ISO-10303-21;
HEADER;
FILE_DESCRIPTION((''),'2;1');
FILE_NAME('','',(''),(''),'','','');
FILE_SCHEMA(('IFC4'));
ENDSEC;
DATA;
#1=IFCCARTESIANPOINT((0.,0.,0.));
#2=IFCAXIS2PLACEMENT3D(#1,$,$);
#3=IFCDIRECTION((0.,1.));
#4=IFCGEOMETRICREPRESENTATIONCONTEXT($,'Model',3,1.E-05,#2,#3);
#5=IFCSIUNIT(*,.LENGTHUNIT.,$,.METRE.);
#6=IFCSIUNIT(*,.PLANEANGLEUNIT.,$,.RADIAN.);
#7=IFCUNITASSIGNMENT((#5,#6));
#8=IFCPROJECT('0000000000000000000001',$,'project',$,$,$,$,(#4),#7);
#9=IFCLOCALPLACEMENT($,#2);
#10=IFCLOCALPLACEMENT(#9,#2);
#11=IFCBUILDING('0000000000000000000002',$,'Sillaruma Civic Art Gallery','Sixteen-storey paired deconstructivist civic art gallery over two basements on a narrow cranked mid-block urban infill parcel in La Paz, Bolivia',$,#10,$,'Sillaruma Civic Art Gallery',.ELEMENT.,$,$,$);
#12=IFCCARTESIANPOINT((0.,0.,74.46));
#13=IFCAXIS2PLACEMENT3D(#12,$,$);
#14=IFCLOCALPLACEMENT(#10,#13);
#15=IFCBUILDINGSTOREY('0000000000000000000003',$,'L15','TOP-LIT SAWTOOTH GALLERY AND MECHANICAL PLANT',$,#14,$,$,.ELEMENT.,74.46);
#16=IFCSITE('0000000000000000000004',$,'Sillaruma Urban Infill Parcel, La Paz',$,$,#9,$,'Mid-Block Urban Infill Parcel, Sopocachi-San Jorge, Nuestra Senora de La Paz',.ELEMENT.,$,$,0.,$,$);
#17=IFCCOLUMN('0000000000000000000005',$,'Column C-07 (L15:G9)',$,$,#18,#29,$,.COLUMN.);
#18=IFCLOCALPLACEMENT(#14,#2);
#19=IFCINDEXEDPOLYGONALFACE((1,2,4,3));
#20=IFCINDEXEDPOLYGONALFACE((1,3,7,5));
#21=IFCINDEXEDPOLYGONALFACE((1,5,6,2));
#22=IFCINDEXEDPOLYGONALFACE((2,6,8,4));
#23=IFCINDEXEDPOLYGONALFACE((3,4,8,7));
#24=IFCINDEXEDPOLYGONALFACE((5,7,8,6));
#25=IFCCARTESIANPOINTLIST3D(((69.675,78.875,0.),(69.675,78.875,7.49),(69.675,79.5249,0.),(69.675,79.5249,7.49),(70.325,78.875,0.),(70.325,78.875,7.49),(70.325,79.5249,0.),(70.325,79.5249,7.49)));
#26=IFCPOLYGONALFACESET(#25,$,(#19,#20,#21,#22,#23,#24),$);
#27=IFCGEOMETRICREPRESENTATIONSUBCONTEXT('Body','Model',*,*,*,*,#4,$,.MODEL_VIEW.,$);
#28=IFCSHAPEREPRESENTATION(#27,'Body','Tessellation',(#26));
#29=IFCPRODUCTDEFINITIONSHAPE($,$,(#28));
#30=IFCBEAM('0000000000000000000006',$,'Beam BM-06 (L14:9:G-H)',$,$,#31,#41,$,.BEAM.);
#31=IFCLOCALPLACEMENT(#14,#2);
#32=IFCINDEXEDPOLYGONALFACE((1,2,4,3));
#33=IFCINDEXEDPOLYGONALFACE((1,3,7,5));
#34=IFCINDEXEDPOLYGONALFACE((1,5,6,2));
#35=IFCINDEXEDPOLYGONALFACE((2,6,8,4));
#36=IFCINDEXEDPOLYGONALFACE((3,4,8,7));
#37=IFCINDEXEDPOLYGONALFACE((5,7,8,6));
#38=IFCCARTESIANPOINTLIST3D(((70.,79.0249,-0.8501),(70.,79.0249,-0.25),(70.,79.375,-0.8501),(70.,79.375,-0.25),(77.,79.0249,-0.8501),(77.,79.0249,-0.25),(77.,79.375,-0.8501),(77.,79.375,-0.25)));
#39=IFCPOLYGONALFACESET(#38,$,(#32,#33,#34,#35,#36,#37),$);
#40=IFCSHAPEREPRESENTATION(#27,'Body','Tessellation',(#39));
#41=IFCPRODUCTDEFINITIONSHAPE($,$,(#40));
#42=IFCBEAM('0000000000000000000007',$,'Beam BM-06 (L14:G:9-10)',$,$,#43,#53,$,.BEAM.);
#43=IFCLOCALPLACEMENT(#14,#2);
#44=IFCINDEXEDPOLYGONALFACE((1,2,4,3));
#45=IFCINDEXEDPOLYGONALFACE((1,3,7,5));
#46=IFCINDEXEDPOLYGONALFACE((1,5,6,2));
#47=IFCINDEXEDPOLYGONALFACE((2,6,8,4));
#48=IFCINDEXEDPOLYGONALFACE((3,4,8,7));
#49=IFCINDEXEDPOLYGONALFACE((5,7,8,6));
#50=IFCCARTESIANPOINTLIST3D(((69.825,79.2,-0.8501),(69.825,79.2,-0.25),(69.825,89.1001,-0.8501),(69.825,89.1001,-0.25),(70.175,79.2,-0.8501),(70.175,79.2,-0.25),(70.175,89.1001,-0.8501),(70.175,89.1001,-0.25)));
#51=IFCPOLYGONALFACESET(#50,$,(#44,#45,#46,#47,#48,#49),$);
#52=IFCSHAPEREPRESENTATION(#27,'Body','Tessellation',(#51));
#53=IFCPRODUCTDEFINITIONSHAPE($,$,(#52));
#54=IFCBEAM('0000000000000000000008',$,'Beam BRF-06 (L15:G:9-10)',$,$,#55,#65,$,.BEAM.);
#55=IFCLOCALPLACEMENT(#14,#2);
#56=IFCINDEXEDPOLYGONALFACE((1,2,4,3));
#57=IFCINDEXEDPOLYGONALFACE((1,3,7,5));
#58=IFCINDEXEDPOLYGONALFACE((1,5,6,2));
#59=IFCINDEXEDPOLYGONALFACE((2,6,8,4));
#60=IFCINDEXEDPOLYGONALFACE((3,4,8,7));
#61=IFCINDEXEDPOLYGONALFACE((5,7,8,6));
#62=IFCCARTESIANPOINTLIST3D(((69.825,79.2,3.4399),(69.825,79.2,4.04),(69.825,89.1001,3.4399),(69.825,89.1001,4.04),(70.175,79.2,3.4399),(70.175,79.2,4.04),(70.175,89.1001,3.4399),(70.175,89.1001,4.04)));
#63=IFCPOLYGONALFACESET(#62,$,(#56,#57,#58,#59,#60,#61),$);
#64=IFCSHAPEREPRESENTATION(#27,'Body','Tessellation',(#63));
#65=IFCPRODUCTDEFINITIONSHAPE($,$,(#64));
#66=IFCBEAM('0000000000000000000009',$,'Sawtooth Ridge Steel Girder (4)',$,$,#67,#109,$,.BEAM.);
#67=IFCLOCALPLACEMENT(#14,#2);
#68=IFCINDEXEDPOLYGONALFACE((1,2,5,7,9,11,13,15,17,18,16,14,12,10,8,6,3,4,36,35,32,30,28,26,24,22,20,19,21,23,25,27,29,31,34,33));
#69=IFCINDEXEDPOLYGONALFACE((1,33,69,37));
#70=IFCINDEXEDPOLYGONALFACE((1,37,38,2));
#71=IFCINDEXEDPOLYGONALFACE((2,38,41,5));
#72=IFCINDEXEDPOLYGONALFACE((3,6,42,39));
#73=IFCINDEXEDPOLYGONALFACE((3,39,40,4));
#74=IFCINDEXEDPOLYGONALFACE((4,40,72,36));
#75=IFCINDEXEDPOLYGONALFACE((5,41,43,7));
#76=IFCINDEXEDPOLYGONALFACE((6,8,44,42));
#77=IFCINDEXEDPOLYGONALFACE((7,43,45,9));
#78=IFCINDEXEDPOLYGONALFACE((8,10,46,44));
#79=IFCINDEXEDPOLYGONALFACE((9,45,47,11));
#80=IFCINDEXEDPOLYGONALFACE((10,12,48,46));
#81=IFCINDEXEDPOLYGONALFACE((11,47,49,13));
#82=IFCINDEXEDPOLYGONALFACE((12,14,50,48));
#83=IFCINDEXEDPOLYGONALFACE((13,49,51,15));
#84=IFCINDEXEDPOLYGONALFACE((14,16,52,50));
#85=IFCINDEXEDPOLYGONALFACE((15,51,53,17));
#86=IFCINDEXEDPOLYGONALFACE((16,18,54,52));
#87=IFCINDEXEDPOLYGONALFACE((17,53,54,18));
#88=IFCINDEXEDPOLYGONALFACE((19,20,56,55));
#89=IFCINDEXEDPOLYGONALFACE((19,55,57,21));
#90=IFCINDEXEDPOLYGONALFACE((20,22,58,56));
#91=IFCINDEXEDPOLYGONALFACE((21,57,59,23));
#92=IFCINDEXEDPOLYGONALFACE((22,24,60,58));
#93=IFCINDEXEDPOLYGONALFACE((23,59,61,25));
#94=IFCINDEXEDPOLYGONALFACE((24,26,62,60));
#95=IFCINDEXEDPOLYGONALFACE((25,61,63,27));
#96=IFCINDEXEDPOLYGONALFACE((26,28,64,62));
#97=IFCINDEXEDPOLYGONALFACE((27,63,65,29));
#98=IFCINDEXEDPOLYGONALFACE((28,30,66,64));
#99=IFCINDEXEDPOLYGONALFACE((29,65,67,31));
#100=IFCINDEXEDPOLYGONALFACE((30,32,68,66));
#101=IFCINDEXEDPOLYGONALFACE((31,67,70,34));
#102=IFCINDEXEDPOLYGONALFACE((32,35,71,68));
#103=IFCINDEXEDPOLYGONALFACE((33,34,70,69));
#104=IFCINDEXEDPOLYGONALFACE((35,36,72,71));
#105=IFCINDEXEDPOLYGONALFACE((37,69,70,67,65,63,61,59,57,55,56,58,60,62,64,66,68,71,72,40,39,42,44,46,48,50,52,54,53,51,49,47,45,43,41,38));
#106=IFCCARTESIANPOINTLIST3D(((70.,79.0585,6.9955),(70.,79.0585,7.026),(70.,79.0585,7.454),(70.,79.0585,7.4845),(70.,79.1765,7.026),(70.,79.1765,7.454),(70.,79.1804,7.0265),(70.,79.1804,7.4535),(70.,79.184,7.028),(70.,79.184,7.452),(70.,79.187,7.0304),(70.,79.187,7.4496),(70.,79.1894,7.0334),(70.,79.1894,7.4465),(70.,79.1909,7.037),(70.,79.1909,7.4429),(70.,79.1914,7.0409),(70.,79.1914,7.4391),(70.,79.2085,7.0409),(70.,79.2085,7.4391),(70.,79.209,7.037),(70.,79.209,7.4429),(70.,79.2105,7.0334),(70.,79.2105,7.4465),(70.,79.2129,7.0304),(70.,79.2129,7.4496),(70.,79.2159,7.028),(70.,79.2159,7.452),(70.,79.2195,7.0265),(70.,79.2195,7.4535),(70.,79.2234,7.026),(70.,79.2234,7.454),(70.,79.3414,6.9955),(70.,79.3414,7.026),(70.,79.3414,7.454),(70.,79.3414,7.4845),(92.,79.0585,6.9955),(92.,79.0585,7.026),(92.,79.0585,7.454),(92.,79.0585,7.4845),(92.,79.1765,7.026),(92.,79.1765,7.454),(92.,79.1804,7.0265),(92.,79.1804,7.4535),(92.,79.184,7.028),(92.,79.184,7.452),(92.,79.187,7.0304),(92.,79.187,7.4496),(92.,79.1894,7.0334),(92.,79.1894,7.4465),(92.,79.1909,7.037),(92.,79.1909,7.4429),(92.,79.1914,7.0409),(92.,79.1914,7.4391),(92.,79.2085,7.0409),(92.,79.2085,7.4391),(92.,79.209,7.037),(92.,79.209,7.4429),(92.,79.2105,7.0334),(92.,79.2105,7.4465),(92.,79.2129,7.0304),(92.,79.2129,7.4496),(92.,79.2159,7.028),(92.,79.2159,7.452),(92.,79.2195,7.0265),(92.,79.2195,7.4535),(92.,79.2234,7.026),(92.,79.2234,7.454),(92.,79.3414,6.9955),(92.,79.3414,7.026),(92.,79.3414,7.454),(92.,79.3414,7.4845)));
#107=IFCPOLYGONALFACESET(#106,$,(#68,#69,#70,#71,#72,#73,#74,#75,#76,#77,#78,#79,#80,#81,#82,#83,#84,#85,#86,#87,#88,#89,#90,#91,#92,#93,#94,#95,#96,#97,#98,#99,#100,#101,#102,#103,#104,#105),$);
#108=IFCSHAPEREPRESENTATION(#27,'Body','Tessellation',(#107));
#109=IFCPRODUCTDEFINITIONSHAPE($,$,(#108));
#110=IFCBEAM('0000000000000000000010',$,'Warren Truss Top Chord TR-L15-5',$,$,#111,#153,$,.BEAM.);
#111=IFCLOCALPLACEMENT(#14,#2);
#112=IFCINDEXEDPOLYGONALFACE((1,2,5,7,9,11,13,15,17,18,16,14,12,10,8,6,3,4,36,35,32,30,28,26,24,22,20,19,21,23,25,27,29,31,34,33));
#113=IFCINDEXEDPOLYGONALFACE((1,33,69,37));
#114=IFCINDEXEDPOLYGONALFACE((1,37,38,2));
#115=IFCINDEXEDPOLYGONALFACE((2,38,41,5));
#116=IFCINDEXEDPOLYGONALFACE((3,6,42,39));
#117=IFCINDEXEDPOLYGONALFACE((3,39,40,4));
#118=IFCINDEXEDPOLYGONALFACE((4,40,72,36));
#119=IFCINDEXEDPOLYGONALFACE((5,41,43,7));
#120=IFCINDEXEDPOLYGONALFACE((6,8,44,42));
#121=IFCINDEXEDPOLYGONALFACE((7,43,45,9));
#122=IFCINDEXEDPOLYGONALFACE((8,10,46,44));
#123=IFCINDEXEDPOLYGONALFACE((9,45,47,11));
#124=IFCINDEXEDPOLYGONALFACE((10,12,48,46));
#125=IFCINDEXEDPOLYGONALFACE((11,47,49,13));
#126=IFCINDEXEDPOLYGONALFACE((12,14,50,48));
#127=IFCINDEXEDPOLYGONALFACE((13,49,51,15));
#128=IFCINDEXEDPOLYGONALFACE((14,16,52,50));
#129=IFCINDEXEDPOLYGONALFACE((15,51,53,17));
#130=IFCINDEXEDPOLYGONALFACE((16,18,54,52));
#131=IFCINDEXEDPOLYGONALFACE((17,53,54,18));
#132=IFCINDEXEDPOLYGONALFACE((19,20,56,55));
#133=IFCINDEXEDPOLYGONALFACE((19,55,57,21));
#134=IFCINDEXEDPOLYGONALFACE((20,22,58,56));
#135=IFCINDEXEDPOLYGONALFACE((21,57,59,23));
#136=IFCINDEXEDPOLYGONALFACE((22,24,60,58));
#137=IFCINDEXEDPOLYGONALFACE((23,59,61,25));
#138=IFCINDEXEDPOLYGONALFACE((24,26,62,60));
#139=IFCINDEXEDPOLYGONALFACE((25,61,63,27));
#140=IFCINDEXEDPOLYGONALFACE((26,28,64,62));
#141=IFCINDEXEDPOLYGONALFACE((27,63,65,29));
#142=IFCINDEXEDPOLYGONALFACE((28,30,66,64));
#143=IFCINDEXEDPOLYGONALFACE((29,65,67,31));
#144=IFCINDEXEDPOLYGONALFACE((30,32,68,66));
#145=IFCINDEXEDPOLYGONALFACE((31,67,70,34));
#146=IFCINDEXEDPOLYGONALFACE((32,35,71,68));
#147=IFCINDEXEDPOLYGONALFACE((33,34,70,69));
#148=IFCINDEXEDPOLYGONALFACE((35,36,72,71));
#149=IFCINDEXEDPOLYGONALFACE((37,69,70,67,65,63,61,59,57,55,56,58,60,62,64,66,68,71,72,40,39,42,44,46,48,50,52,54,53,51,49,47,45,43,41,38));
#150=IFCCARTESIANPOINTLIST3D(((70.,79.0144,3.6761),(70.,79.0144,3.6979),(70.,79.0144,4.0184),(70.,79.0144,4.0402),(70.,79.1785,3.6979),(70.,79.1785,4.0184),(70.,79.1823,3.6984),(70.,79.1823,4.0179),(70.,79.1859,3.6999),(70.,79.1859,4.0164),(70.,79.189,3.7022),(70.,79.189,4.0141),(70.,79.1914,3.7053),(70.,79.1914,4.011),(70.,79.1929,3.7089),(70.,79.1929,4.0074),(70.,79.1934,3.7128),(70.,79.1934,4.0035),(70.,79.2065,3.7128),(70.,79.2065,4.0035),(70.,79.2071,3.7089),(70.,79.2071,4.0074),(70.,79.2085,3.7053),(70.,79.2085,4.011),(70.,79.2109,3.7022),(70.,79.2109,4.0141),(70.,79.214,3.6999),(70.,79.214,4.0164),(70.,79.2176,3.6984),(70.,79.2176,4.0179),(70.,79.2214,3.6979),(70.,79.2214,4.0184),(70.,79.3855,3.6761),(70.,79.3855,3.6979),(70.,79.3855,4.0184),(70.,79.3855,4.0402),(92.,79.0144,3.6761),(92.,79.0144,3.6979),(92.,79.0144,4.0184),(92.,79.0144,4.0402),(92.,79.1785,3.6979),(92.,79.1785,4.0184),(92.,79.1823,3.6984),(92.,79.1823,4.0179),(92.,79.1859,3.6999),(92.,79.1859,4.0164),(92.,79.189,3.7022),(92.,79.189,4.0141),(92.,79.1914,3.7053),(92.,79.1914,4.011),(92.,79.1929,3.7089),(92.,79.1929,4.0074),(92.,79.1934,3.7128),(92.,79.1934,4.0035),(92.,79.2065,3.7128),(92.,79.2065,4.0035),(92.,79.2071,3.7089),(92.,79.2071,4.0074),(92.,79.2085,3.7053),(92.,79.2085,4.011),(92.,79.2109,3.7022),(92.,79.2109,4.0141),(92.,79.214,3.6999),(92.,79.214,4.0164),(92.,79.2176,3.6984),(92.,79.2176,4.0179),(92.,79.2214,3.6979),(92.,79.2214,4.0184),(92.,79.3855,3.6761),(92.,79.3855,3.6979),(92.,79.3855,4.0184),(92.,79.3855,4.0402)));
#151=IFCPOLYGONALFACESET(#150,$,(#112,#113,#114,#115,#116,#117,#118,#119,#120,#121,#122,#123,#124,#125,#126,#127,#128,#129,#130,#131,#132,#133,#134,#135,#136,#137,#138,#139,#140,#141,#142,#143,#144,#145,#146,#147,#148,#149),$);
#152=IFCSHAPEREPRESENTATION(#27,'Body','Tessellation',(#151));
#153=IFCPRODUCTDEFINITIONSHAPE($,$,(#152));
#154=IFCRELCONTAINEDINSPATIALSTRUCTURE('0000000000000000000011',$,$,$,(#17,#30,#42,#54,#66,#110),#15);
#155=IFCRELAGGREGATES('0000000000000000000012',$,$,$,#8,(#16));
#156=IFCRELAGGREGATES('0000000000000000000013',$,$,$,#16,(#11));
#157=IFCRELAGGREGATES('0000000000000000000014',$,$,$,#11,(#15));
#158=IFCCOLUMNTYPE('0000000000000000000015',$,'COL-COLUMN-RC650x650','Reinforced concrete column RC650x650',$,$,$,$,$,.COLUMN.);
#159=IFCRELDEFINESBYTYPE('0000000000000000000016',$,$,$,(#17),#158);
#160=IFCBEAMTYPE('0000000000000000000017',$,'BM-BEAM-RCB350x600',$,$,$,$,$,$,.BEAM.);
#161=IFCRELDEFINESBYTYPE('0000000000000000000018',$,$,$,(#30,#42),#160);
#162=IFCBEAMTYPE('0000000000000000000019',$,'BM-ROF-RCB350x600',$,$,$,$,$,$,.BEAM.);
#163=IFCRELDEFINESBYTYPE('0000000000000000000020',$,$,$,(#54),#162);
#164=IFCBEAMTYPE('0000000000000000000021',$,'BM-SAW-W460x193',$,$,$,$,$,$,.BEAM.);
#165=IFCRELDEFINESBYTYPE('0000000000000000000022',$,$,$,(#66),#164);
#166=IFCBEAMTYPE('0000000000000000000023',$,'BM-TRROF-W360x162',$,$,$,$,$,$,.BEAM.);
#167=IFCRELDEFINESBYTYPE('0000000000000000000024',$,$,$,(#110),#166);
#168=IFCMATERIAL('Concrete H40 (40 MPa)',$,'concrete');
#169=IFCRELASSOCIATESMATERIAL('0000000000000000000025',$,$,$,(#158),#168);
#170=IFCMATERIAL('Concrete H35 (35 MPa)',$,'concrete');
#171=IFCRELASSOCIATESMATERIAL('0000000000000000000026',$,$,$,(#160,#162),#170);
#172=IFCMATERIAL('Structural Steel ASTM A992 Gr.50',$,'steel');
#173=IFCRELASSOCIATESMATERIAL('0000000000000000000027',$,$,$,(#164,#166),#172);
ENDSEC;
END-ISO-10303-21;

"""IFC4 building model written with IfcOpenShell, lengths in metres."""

from ifc_helpers import new_model, si_unit, direction, frame, origin, origin_2d, place, context, subcontext, project, spatial, rectangle, i_section, extrude, material, material_profile, profile_set, type_object, element, save


model = new_model("IFC4")

# Units and contexts
model_context = context("Model", 3, precision=1e-05, world=origin(), true_north=direction((0.0, 1.0)))
body_context = subcontext(model_context, "Body", "Model", "MODEL_VIEW")
ifc_project = project(units=[si_unit("LENGTHUNIT", "METRE"), si_unit("PLANEANGLEUNIT", "RADIAN")], contexts=[model_context])

# Site, building, storey
site_placement = place(None, origin())
site = spatial("IfcSite", under=ifc_project, at=site_placement, Name="Sillaruma Urban Infill Parcel, La Paz", LongName="Mid-Block Urban Infill Parcel, Sopocachi-San Jorge, Nuestra Senora de La Paz", CompositionType="ELEMENT", RefElevation=0.0)
building_placement = place(site_placement, origin())
building = spatial("IfcBuilding", under=site, at=building_placement, Name="Sillaruma Civic Art Gallery", Description="Sixteen-storey paired deconstructivist civic art gallery over two basements on a narrow cranked mid-block urban infill parcel in La Paz, Bolivia", LongName="Sillaruma Civic Art Gallery", CompositionType="ELEMENT")
storey_placement = place(building_placement, frame((0.0, 0.0, 74.46)))
storey = spatial("IfcBuildingStorey", under=building, at=storey_placement, Name="L15", Description="TOP-LIT SAWTOOTH GALLERY AND MECHANICAL PLANT", CompositionType="ELEMENT", Elevation=74.46)

# Column
ifc_material_1 = material(Name="Concrete H40 (40 MPa)", Category="concrete")
ifc_material_profile_1 = material_profile(ifc_material_1, rectangle(XDim=0.6499, YDim=0.6499, at=origin_2d()), Name="RC650x650")
ifc_profile_set_1 = profile_set([ifc_material_profile_1], Name="Concrete H40 (40 MPa)")
column_type = type_object("IfcColumnType", Name="COL-COLUMN-RC650x650", Description="Reinforced concrete column RC650x650", PredefinedType="COLUMN", material=ifc_profile_set_1)
column_placement = place(storey_placement, frame((70.0, 79.2, 0.0), z_axis=(0.0, 0.0, 1.0), x_axis=(1.0, 0.0, 0.0)))
element("IfcColumn", 1, at=column_placement, inside=storey, type_object=column_type, Name="Column C-07 (L15:G9)", PredefinedType="COLUMN", context=body_context, shape_type="SweptSolid", body=[
    extrude(rectangle(XDim=0.6499, YDim=0.6499, at=origin_2d()), origin(), (0.0, 0.0, 1.0), 7.49),
])

# Beams
ifc_material_2 = material(Name="Concrete H35 (35 MPa)", Category="concrete")
ifc_material_profile_2 = material_profile(ifc_material_2, rectangle(XDim=0.3501, YDim=0.6001, at=origin_2d()), Name="RCB350x600")
ifc_profile_set_2 = profile_set([ifc_material_profile_2], Name="Concrete H35 (35 MPa)")
beam_type_1 = type_object("IfcBeamType", Name="BM-BEAM-RCB350x600", PredefinedType="BEAM", material=ifc_profile_set_2)
beam_1_placement = place(storey_placement, frame((70.0, 79.2, -0.55), z_axis=(1.0, 0.0, 0.0), x_axis=(0.0, 1.0, 0.0)))
element("IfcBeam", 2, at=beam_1_placement, inside=storey, type_object=beam_type_1, Name="Beam BM-06 (L14:9:G-H)", PredefinedType="BEAM", context=body_context, shape_type="SweptSolid", body=[
    extrude(rectangle(XDim=0.3501, YDim=0.6001, at=origin_2d()), origin(), (0.0, 0.0, 1.0), 7.0),
])
beam_2_placement = place(storey_placement, frame((70.0, 79.2, -0.55), z_axis=(0.0, 1.0, 0.0), x_axis=(-1.0, 0.0, 0.0)))
element("IfcBeam", 3, at=beam_2_placement, inside=storey, type_object=beam_type_1, Name="Beam BM-06 (L14:G:9-10)", PredefinedType="BEAM", context=body_context, shape_type="SweptSolid", body=[
    extrude(rectangle(XDim=0.3501, YDim=0.6001, at=origin_2d()), origin(), (0.0, 0.0, 1.0), 9.9001),
])
ifc_material_profile_3 = material_profile(ifc_material_2, rectangle(XDim=0.3501, YDim=0.6001, at=origin_2d()), Name="RCB350x600")
ifc_profile_set_3 = profile_set([ifc_material_profile_3], Name="Concrete H35 (35 MPa)")
beam_type_2 = type_object("IfcBeamType", Name="BM-ROF-RCB350x600", PredefinedType="BEAM", material=ifc_profile_set_3)
beam_3_placement = place(storey_placement, frame((70.0, 79.2, 3.74), z_axis=(0.0, 1.0, 0.0), x_axis=(-1.0, 0.0, 0.0)))
element("IfcBeam", 4, at=beam_3_placement, inside=storey, type_object=beam_type_2, Name="Beam BRF-06 (L15:G:9-10)", PredefinedType="BEAM", context=body_context, shape_type="SweptSolid", body=[
    extrude(rectangle(XDim=0.3501, YDim=0.6001, at=origin_2d()), origin(), (0.0, 0.0, 1.0), 9.9001),
])
ifc_material_3 = material(Name="Structural Steel ASTM A992 Gr.50", Category="steel")
ifc_material_profile_4 = material_profile(ifc_material_3, i_section(OverallWidth=0.283, OverallDepth=0.489, WebThickness=0.0171, FlangeThickness=0.0305, FilletRadius=0.0149, at=origin_2d()), Name="W460x193")
ifc_profile_set_4 = profile_set([ifc_material_profile_4], Name="Structural Steel ASTM A992 Gr.50")
beam_type_3 = type_object("IfcBeamType", Name="BM-SAW-W460x193", PredefinedType="BEAM", material=ifc_profile_set_4)
beam_4_placement = place(storey_placement, frame((70.0, 79.2, 7.24), z_axis=(1.0, 0.0, 0.0), x_axis=(0.0, 1.0, 0.0)))
element("IfcBeam", 5, at=beam_4_placement, inside=storey, type_object=beam_type_3, Name="Sawtooth Ridge Steel Girder (4)", PredefinedType="BEAM", context=body_context, shape_type="SweptSolid", body=[
    extrude(i_section(OverallWidth=0.283, OverallDepth=0.489, WebThickness=0.0171, FlangeThickness=0.0305, FilletRadius=0.0149, at=origin_2d()), origin(), (0.0, 0.0, 1.0), 22.0),
])
ifc_material_profile_5 = material_profile(ifc_material_3, i_section(OverallWidth=0.3711, OverallDepth=0.364, WebThickness=0.0132, FlangeThickness=0.0217, FilletRadius=0.0149, at=origin_2d()), Name="W360x162")
ifc_profile_set_5 = profile_set([ifc_material_profile_5], Name="Structural Steel ASTM A992 Gr.50")
beam_type_4 = type_object("IfcBeamType", Name="BM-TRROF-W360x162", PredefinedType="BEAM", material=ifc_profile_set_5)
beam_5_placement = place(storey_placement, frame((70.0, 79.2, 3.8582), z_axis=(1.0, 0.0, 0.0), x_axis=(0.0, 1.0, 0.0)))
element("IfcBeam", 6, at=beam_5_placement, inside=storey, type_object=beam_type_4, Name="Warren Truss Top Chord TR-L15-5", PredefinedType="BEAM", context=body_context, shape_type="SweptSolid", body=[
    extrude(i_section(OverallWidth=0.3711, OverallDepth=0.364, WebThickness=0.0132, FlangeThickness=0.0217, FilletRadius=0.0149, at=origin_2d()), origin(), (0.0, 0.0, 1.0), 22.0),
])

save(model, "model.ifc")
